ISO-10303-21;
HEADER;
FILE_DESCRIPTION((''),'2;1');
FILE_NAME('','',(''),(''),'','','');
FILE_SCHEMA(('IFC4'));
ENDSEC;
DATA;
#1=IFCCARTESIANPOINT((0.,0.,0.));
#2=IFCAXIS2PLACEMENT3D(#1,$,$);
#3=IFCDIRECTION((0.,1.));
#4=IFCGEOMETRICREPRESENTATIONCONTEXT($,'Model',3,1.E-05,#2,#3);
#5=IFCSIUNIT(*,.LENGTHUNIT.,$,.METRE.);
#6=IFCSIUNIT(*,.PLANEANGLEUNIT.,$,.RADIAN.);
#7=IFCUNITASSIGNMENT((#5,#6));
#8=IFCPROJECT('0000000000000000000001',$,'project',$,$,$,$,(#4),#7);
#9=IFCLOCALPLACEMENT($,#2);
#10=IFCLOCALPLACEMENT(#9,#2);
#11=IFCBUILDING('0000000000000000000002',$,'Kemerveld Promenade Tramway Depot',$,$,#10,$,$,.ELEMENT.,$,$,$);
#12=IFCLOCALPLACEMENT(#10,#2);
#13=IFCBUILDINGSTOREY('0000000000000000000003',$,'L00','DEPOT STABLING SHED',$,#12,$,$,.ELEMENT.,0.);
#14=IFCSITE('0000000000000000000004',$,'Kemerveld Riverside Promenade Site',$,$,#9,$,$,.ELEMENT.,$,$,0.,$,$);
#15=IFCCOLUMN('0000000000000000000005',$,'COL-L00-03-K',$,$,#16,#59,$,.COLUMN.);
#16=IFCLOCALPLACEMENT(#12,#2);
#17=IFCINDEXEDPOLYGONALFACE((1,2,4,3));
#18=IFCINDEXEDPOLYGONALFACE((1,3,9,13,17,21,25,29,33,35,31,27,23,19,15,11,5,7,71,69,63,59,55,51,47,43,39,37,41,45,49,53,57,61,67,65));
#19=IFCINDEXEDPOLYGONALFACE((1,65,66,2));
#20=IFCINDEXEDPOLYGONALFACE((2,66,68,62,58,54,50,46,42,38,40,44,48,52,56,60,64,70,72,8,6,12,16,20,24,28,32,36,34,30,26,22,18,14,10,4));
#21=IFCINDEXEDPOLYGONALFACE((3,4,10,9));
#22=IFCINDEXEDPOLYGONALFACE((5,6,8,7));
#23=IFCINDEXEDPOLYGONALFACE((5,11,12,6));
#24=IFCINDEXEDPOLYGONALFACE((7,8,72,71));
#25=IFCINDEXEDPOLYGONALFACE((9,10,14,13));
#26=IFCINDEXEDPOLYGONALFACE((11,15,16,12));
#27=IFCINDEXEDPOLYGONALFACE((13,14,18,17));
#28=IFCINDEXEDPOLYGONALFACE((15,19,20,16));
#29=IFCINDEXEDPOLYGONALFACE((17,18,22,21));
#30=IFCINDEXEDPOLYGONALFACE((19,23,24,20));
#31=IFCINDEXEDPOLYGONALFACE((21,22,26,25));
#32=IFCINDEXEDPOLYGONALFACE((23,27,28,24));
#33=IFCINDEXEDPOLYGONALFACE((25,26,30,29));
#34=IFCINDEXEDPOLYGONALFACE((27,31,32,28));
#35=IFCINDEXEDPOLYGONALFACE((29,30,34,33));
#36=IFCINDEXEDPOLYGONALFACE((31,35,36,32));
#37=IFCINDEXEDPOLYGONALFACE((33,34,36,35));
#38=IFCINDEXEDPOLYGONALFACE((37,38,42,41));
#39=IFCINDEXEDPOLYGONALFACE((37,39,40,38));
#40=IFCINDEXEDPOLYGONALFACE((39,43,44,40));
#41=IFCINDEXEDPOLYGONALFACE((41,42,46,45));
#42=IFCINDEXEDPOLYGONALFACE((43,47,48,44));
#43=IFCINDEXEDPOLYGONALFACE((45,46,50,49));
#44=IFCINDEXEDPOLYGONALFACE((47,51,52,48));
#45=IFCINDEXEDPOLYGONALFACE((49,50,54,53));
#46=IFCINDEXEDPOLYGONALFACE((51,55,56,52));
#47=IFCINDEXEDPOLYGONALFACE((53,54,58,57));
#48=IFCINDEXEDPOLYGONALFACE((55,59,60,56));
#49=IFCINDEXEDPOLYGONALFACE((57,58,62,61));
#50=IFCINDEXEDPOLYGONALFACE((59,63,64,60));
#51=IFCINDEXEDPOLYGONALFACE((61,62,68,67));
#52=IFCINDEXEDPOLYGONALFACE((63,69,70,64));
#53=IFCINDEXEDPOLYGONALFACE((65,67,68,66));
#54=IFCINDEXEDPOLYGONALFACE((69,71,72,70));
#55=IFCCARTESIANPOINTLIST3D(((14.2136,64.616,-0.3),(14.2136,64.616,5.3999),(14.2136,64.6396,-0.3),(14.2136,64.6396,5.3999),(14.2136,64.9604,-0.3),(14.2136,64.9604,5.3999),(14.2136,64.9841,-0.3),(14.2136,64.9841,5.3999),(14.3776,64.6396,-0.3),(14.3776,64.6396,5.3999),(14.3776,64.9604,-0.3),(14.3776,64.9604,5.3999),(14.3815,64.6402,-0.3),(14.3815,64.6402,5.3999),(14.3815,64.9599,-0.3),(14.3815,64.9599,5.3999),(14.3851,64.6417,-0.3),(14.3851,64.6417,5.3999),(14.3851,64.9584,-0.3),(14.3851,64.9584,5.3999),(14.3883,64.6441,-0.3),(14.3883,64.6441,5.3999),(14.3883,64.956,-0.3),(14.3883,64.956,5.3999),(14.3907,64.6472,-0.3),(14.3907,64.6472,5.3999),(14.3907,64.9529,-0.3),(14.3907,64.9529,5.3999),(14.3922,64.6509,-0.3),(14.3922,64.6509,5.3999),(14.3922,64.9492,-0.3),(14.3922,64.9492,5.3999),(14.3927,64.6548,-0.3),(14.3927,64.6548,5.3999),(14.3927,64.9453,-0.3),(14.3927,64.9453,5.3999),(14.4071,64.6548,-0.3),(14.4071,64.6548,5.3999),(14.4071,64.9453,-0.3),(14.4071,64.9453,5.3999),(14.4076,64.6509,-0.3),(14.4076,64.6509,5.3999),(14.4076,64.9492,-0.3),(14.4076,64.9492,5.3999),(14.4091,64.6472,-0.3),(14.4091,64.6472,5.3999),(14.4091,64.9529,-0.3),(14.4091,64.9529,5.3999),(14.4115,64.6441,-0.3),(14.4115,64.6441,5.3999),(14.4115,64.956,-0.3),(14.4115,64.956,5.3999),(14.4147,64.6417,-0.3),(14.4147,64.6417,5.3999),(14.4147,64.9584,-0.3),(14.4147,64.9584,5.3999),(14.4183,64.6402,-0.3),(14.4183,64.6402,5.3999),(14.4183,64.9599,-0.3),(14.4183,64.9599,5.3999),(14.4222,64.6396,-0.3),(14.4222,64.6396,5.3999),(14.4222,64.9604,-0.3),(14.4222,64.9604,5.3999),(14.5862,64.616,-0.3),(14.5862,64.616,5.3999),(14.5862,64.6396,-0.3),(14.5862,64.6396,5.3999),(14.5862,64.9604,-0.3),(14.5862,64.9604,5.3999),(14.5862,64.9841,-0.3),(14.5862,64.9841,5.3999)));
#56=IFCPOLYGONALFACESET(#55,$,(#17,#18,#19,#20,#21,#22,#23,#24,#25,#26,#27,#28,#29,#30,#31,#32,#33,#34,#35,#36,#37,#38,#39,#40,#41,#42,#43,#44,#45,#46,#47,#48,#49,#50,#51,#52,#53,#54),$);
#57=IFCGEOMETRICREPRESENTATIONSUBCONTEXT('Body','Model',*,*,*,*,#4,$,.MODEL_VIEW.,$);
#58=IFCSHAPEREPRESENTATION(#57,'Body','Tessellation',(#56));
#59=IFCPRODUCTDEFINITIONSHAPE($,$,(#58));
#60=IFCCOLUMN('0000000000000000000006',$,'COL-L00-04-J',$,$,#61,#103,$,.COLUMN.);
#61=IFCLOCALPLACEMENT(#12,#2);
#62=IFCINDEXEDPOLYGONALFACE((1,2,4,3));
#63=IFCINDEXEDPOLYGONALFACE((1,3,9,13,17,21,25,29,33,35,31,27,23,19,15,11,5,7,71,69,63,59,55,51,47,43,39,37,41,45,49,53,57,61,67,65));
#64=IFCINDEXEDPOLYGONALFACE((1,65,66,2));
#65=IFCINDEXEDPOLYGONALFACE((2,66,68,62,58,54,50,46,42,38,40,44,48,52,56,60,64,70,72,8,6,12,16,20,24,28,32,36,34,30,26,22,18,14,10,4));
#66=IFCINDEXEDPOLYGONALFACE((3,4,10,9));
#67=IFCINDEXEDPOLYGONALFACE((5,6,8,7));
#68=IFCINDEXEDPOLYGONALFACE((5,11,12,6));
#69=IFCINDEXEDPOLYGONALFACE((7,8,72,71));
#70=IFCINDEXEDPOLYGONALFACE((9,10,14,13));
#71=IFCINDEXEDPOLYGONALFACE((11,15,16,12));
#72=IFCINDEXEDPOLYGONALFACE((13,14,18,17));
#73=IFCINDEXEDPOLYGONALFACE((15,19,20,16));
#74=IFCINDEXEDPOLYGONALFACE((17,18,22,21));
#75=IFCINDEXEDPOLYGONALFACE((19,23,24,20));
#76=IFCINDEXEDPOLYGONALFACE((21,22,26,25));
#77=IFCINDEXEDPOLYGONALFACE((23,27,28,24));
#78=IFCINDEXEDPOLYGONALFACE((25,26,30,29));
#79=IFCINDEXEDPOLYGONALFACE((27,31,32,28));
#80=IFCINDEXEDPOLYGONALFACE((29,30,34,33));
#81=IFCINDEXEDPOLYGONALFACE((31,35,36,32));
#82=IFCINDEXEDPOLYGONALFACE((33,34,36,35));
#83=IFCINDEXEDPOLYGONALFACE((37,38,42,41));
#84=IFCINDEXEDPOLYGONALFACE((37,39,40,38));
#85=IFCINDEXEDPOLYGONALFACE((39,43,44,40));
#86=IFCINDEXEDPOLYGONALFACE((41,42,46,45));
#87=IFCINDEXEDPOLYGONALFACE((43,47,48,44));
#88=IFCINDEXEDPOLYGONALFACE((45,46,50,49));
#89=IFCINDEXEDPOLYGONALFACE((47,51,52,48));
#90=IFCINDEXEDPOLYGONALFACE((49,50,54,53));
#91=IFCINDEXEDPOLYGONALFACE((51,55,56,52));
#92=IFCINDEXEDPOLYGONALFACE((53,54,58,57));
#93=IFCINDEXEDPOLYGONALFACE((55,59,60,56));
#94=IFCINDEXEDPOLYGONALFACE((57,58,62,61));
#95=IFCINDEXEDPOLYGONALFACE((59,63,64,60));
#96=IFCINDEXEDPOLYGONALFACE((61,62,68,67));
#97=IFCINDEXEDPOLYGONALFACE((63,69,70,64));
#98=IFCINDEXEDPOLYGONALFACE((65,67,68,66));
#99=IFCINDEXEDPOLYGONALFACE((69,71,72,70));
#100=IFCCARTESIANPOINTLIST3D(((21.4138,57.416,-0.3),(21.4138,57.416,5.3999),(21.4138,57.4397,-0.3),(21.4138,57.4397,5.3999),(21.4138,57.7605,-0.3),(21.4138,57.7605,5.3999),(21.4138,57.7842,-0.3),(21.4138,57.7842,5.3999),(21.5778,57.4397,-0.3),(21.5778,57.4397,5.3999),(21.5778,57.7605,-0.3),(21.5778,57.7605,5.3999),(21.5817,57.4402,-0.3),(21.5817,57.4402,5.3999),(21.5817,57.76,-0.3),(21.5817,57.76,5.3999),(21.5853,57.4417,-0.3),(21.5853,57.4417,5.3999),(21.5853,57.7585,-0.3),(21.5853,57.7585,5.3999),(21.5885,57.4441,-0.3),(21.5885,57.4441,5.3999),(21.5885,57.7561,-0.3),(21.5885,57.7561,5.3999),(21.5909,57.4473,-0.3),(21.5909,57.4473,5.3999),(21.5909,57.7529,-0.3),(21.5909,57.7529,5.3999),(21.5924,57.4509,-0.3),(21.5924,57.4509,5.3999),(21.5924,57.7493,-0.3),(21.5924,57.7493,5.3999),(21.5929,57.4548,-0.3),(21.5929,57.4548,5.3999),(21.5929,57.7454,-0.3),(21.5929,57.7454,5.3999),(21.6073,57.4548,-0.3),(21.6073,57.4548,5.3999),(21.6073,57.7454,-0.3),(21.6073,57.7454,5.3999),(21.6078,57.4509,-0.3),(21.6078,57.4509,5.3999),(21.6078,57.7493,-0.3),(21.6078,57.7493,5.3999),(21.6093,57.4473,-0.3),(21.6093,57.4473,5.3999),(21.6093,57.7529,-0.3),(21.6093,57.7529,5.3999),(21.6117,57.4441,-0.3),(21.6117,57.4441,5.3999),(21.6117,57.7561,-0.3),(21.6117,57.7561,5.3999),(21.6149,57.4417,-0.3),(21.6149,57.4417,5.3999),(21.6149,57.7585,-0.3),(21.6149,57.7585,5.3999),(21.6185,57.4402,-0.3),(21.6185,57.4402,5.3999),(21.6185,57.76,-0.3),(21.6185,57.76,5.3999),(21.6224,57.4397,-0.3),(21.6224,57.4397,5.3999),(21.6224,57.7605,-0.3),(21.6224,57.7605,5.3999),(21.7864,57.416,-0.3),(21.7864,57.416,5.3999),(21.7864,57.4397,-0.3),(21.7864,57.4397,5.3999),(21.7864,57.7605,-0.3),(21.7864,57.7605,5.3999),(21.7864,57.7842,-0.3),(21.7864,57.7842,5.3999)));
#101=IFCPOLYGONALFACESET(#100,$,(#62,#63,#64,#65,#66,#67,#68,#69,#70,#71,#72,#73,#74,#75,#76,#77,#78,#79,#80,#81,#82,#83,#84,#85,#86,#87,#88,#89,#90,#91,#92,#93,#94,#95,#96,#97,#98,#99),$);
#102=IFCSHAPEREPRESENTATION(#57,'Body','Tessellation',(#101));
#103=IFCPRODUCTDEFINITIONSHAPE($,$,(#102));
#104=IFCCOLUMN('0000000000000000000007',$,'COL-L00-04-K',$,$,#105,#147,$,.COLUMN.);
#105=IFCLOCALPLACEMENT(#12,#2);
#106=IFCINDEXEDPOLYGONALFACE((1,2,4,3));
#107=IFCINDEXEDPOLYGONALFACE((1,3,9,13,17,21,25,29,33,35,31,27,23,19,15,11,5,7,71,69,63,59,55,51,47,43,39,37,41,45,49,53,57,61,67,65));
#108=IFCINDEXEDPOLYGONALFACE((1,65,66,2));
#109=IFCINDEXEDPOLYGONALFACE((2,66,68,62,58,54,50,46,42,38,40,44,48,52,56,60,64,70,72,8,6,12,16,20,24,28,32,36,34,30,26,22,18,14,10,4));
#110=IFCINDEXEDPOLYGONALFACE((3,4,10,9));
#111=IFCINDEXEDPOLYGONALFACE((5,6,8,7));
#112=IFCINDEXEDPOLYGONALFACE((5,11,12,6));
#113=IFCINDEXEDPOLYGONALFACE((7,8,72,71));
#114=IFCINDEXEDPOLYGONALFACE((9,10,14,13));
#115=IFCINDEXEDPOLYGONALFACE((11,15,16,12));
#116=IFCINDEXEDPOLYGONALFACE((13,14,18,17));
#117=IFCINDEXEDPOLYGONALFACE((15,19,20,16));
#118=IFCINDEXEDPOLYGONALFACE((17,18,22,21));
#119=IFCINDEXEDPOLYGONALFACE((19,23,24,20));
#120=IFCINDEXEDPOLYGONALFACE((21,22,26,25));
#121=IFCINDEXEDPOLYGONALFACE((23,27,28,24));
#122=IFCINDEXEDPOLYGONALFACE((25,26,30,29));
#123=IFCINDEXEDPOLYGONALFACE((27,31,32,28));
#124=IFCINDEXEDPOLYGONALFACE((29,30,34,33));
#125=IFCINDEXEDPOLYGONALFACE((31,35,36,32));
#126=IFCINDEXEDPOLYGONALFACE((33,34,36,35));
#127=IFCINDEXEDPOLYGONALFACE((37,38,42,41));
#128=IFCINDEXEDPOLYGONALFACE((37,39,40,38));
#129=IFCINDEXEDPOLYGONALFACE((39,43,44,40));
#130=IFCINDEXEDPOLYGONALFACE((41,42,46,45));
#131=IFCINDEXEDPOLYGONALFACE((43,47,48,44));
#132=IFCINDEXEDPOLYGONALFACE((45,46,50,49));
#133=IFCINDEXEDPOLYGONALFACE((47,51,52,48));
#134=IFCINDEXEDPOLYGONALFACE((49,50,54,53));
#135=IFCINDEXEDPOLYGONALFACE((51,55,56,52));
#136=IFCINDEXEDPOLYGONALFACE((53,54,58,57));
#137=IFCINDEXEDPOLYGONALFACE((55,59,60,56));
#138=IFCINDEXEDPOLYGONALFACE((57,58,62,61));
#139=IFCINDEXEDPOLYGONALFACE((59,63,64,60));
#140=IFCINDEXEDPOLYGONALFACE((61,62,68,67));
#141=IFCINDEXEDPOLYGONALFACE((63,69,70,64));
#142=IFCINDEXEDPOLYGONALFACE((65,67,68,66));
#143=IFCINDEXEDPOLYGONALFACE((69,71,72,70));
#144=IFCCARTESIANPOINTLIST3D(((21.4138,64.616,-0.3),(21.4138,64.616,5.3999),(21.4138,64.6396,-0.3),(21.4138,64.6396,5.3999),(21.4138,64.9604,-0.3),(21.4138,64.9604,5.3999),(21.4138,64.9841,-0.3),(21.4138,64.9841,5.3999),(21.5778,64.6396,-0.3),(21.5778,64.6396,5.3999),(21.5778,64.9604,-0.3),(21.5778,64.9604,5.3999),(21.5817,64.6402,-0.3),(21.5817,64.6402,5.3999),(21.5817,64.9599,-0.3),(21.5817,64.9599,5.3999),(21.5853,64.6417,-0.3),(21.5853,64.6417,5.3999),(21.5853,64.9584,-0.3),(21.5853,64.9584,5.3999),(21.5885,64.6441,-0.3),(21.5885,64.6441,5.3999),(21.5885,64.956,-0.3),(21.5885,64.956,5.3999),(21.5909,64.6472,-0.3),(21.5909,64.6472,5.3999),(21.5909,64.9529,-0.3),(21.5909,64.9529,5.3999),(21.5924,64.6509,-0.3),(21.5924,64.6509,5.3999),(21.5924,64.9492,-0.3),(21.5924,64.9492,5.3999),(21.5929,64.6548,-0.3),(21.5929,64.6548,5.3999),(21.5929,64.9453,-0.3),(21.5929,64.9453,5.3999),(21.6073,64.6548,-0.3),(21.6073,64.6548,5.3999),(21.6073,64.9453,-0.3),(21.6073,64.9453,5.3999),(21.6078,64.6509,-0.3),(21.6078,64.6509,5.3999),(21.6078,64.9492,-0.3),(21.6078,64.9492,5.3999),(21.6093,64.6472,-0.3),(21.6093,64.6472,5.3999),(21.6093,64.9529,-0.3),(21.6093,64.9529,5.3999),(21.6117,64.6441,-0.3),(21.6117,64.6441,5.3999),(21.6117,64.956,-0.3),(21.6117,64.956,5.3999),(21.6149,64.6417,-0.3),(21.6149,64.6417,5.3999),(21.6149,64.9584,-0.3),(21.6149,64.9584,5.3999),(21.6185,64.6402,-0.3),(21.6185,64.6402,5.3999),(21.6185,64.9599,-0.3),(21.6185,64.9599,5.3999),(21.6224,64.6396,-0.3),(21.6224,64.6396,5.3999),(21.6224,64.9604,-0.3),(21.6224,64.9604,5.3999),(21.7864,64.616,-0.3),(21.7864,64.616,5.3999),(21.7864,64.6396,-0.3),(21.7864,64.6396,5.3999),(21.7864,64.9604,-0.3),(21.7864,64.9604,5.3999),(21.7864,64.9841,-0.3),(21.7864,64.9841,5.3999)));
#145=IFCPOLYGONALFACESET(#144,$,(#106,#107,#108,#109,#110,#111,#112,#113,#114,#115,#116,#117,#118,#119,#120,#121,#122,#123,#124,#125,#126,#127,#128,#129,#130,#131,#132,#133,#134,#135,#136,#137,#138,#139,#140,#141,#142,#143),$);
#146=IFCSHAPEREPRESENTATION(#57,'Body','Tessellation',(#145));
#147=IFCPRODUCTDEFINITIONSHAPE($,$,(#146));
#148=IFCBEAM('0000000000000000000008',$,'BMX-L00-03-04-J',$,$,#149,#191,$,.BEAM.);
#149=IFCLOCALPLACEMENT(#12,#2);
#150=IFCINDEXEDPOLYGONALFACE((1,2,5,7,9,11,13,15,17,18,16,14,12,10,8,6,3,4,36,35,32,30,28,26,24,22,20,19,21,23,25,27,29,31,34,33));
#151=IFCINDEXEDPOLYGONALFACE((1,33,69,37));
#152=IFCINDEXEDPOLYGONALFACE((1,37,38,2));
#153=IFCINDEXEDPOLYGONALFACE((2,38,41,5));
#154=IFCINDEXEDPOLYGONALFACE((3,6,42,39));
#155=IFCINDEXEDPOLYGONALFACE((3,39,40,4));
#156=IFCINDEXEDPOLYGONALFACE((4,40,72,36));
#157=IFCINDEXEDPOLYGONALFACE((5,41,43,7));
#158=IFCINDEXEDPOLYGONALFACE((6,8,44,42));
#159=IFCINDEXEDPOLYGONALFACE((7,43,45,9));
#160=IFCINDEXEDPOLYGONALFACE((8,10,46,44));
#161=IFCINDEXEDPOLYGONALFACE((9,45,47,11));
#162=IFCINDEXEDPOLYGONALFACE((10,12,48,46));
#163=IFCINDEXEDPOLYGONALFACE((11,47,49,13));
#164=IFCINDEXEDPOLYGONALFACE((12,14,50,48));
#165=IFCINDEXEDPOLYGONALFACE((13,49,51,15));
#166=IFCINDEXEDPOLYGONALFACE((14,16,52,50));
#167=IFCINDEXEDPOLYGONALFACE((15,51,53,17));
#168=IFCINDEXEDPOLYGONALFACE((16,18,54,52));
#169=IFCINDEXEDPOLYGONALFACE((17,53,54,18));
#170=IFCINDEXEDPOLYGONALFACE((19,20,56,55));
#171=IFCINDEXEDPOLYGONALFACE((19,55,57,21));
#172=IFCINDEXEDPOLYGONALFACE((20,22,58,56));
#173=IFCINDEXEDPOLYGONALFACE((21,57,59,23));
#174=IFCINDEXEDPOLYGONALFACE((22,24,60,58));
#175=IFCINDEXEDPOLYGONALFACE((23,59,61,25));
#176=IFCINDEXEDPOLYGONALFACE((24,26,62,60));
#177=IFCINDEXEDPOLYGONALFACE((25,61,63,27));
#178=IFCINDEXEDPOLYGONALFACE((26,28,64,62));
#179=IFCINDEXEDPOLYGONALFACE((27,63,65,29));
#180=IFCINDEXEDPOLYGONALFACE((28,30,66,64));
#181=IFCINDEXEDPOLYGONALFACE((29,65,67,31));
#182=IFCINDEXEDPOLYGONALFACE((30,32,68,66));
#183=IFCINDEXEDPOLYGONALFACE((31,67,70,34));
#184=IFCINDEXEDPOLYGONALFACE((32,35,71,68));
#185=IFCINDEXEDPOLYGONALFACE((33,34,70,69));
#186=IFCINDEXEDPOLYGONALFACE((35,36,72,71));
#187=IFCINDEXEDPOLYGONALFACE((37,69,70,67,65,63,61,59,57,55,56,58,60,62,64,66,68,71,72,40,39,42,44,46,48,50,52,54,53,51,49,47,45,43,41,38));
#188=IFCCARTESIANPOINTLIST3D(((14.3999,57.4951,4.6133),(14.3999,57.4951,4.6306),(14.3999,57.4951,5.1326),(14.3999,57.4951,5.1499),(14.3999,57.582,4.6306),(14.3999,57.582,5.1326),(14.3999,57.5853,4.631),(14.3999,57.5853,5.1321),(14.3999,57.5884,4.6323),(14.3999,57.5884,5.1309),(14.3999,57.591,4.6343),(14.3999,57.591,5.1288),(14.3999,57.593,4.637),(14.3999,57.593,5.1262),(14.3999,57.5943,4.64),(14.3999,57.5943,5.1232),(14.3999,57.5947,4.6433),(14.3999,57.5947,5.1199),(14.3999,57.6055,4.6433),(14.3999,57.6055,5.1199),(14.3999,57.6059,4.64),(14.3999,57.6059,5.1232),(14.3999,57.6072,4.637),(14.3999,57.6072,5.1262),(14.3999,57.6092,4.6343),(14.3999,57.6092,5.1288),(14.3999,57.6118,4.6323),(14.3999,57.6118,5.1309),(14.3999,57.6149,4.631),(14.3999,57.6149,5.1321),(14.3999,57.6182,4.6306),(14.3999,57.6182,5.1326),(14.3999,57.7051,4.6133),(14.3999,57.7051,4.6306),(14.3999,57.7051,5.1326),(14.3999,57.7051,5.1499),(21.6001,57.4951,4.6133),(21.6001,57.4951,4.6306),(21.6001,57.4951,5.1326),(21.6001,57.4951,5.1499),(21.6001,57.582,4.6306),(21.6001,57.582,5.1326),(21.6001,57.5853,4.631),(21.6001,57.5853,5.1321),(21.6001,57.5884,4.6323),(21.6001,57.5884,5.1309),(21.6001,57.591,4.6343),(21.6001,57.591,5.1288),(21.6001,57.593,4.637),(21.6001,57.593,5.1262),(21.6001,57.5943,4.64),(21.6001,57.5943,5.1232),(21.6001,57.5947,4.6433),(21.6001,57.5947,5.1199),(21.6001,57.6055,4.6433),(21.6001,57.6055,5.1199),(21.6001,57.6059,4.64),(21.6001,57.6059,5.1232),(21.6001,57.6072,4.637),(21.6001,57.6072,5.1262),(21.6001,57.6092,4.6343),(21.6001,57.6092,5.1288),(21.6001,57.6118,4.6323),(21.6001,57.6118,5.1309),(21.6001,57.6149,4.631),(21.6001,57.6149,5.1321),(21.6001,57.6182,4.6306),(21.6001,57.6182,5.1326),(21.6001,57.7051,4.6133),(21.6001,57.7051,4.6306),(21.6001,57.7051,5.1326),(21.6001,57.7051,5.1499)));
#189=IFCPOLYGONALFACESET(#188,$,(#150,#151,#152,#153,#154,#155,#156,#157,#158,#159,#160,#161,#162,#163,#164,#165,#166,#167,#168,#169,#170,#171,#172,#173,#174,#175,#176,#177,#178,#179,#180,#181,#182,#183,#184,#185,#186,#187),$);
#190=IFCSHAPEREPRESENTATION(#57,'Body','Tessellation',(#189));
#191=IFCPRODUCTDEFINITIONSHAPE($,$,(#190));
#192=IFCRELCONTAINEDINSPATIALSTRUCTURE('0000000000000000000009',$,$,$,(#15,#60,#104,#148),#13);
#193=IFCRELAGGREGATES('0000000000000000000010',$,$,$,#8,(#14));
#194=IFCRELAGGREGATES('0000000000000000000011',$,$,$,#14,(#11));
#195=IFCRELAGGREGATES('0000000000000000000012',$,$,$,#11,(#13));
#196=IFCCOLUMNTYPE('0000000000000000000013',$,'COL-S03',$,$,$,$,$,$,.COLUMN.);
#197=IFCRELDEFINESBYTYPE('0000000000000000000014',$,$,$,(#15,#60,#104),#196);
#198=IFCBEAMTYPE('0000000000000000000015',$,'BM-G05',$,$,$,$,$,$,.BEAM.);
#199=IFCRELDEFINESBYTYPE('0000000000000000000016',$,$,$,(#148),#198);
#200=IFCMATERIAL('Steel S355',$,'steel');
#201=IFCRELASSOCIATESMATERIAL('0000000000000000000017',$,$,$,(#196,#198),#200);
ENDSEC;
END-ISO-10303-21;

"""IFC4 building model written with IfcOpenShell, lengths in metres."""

from ifc_helpers import new_model, si_unit, direction, frame, origin, origin_2d, place, context, subcontext, project, spatial, i_section, extrude, material, material_profile, profile_set, type_object, element, save


model = new_model("IFC4")

# Units and contexts
model_context = context("Model", 3, precision=1e-05, world=origin(), true_north=direction((0.0, 1.0)))
body_context = subcontext(model_context, "Body", "Model", "MODEL_VIEW")
ifc_project = project(units=[si_unit("LENGTHUNIT", "METRE"), si_unit("PLANEANGLEUNIT", "RADIAN")], contexts=[model_context])

# Site, building, storey
site_placement = place(None, origin())
site = spatial("IfcSite", under=ifc_project, at=site_placement, Name="Kemerveld Riverside Promenade Site", CompositionType="ELEMENT", RefElevation=0.0)
building_placement = place(site_placement, origin())
building = spatial("IfcBuilding", under=site, at=building_placement, Name="Kemerveld Promenade Tramway Depot", CompositionType="ELEMENT")
storey_placement = place(building_placement, origin())
storey = spatial("IfcBuildingStorey", under=building, at=storey_placement, Name="L00", Description="DEPOT STABLING SHED", CompositionType="ELEMENT", Elevation=0.0)

# Columns
ifc_material_1 = material(Name="Steel S355", Category="steel")
ifc_material_profile_1 = material_profile(ifc_material_1, i_section(OverallWidth=0.3726, OverallDepth=0.3682, WebThickness=0.0144, FlangeThickness=0.0237, FilletRadius=0.0151, at=origin_2d()), Name="356x368x177 UC")
ifc_profile_set_1 = profile_set([ifc_material_profile_1], Name="Steel S355")
column_type = type_object("IfcColumnType", Name="COL-S03", PredefinedType="COLUMN", material=ifc_profile_set_1)
for number, where, z_axis, x_axis, name in (
    (1, (14.3999, 64.8, -0.3), (0.0, 0.0, 1.0), (1.0, 0.0, 0.0), "COL-L00-03-K"),
    (2, (21.6001, 57.6001, -0.3), (0.0, 0.0, 1.0), (1.0, 0.0, 0.0), "COL-L00-04-J"),
    (3, (21.6001, 64.8, -0.3), (0.0, 0.0, 1.0), (1.0, 0.0, 0.0), "COL-L00-04-K"),
):
    element("IfcColumn", number, at=place(storey_placement, frame(where, z_axis=z_axis, x_axis=x_axis)), inside=storey, type_object=column_type, Name=name, PredefinedType="COLUMN", context=body_context, shape_type="SweptSolid", body=[
        extrude(i_section(OverallWidth=0.3726, OverallDepth=0.3682, WebThickness=0.0144, FlangeThickness=0.0237, FilletRadius=0.0151, at=origin_2d()), origin(), (0.0, 0.0, 1.0), 5.7),
    ])

# Beam
ifc_material_profile_2 = material_profile(ifc_material_1, i_section(OverallWidth=0.21, OverallDepth=0.5366, WebThickness=0.0107, FlangeThickness=0.0173, FilletRadius=0.0127, at=origin_2d()), Name="533x210x101 UB")
ifc_profile_set_2 = profile_set([ifc_material_profile_2], Name="Steel S355")
beam_type_1 = type_object("IfcBeamType", Name="BM-G05", PredefinedType="BEAM", material=ifc_profile_set_2)
beam_1_placement = place(storey_placement, frame((14.3999, 57.6001, 4.8816), z_axis=(1.0, 0.0, 0.0), x_axis=(0.0, 1.0, 0.0)))
element("IfcBeam", 4, at=beam_1_placement, inside=storey, type_object=beam_type_1, Name="BMX-L00-03-04-J", PredefinedType="BEAM", context=body_context, shape_type="SweptSolid", body=[
    extrude(i_section(OverallWidth=0.21, OverallDepth=0.5366, WebThickness=0.0107, FlangeThickness=0.0173, FilletRadius=0.0127, at=origin_2d()), origin(), (0.0, 0.0, 1.0), 7.2002),
])

save(model, "model.ifc")
